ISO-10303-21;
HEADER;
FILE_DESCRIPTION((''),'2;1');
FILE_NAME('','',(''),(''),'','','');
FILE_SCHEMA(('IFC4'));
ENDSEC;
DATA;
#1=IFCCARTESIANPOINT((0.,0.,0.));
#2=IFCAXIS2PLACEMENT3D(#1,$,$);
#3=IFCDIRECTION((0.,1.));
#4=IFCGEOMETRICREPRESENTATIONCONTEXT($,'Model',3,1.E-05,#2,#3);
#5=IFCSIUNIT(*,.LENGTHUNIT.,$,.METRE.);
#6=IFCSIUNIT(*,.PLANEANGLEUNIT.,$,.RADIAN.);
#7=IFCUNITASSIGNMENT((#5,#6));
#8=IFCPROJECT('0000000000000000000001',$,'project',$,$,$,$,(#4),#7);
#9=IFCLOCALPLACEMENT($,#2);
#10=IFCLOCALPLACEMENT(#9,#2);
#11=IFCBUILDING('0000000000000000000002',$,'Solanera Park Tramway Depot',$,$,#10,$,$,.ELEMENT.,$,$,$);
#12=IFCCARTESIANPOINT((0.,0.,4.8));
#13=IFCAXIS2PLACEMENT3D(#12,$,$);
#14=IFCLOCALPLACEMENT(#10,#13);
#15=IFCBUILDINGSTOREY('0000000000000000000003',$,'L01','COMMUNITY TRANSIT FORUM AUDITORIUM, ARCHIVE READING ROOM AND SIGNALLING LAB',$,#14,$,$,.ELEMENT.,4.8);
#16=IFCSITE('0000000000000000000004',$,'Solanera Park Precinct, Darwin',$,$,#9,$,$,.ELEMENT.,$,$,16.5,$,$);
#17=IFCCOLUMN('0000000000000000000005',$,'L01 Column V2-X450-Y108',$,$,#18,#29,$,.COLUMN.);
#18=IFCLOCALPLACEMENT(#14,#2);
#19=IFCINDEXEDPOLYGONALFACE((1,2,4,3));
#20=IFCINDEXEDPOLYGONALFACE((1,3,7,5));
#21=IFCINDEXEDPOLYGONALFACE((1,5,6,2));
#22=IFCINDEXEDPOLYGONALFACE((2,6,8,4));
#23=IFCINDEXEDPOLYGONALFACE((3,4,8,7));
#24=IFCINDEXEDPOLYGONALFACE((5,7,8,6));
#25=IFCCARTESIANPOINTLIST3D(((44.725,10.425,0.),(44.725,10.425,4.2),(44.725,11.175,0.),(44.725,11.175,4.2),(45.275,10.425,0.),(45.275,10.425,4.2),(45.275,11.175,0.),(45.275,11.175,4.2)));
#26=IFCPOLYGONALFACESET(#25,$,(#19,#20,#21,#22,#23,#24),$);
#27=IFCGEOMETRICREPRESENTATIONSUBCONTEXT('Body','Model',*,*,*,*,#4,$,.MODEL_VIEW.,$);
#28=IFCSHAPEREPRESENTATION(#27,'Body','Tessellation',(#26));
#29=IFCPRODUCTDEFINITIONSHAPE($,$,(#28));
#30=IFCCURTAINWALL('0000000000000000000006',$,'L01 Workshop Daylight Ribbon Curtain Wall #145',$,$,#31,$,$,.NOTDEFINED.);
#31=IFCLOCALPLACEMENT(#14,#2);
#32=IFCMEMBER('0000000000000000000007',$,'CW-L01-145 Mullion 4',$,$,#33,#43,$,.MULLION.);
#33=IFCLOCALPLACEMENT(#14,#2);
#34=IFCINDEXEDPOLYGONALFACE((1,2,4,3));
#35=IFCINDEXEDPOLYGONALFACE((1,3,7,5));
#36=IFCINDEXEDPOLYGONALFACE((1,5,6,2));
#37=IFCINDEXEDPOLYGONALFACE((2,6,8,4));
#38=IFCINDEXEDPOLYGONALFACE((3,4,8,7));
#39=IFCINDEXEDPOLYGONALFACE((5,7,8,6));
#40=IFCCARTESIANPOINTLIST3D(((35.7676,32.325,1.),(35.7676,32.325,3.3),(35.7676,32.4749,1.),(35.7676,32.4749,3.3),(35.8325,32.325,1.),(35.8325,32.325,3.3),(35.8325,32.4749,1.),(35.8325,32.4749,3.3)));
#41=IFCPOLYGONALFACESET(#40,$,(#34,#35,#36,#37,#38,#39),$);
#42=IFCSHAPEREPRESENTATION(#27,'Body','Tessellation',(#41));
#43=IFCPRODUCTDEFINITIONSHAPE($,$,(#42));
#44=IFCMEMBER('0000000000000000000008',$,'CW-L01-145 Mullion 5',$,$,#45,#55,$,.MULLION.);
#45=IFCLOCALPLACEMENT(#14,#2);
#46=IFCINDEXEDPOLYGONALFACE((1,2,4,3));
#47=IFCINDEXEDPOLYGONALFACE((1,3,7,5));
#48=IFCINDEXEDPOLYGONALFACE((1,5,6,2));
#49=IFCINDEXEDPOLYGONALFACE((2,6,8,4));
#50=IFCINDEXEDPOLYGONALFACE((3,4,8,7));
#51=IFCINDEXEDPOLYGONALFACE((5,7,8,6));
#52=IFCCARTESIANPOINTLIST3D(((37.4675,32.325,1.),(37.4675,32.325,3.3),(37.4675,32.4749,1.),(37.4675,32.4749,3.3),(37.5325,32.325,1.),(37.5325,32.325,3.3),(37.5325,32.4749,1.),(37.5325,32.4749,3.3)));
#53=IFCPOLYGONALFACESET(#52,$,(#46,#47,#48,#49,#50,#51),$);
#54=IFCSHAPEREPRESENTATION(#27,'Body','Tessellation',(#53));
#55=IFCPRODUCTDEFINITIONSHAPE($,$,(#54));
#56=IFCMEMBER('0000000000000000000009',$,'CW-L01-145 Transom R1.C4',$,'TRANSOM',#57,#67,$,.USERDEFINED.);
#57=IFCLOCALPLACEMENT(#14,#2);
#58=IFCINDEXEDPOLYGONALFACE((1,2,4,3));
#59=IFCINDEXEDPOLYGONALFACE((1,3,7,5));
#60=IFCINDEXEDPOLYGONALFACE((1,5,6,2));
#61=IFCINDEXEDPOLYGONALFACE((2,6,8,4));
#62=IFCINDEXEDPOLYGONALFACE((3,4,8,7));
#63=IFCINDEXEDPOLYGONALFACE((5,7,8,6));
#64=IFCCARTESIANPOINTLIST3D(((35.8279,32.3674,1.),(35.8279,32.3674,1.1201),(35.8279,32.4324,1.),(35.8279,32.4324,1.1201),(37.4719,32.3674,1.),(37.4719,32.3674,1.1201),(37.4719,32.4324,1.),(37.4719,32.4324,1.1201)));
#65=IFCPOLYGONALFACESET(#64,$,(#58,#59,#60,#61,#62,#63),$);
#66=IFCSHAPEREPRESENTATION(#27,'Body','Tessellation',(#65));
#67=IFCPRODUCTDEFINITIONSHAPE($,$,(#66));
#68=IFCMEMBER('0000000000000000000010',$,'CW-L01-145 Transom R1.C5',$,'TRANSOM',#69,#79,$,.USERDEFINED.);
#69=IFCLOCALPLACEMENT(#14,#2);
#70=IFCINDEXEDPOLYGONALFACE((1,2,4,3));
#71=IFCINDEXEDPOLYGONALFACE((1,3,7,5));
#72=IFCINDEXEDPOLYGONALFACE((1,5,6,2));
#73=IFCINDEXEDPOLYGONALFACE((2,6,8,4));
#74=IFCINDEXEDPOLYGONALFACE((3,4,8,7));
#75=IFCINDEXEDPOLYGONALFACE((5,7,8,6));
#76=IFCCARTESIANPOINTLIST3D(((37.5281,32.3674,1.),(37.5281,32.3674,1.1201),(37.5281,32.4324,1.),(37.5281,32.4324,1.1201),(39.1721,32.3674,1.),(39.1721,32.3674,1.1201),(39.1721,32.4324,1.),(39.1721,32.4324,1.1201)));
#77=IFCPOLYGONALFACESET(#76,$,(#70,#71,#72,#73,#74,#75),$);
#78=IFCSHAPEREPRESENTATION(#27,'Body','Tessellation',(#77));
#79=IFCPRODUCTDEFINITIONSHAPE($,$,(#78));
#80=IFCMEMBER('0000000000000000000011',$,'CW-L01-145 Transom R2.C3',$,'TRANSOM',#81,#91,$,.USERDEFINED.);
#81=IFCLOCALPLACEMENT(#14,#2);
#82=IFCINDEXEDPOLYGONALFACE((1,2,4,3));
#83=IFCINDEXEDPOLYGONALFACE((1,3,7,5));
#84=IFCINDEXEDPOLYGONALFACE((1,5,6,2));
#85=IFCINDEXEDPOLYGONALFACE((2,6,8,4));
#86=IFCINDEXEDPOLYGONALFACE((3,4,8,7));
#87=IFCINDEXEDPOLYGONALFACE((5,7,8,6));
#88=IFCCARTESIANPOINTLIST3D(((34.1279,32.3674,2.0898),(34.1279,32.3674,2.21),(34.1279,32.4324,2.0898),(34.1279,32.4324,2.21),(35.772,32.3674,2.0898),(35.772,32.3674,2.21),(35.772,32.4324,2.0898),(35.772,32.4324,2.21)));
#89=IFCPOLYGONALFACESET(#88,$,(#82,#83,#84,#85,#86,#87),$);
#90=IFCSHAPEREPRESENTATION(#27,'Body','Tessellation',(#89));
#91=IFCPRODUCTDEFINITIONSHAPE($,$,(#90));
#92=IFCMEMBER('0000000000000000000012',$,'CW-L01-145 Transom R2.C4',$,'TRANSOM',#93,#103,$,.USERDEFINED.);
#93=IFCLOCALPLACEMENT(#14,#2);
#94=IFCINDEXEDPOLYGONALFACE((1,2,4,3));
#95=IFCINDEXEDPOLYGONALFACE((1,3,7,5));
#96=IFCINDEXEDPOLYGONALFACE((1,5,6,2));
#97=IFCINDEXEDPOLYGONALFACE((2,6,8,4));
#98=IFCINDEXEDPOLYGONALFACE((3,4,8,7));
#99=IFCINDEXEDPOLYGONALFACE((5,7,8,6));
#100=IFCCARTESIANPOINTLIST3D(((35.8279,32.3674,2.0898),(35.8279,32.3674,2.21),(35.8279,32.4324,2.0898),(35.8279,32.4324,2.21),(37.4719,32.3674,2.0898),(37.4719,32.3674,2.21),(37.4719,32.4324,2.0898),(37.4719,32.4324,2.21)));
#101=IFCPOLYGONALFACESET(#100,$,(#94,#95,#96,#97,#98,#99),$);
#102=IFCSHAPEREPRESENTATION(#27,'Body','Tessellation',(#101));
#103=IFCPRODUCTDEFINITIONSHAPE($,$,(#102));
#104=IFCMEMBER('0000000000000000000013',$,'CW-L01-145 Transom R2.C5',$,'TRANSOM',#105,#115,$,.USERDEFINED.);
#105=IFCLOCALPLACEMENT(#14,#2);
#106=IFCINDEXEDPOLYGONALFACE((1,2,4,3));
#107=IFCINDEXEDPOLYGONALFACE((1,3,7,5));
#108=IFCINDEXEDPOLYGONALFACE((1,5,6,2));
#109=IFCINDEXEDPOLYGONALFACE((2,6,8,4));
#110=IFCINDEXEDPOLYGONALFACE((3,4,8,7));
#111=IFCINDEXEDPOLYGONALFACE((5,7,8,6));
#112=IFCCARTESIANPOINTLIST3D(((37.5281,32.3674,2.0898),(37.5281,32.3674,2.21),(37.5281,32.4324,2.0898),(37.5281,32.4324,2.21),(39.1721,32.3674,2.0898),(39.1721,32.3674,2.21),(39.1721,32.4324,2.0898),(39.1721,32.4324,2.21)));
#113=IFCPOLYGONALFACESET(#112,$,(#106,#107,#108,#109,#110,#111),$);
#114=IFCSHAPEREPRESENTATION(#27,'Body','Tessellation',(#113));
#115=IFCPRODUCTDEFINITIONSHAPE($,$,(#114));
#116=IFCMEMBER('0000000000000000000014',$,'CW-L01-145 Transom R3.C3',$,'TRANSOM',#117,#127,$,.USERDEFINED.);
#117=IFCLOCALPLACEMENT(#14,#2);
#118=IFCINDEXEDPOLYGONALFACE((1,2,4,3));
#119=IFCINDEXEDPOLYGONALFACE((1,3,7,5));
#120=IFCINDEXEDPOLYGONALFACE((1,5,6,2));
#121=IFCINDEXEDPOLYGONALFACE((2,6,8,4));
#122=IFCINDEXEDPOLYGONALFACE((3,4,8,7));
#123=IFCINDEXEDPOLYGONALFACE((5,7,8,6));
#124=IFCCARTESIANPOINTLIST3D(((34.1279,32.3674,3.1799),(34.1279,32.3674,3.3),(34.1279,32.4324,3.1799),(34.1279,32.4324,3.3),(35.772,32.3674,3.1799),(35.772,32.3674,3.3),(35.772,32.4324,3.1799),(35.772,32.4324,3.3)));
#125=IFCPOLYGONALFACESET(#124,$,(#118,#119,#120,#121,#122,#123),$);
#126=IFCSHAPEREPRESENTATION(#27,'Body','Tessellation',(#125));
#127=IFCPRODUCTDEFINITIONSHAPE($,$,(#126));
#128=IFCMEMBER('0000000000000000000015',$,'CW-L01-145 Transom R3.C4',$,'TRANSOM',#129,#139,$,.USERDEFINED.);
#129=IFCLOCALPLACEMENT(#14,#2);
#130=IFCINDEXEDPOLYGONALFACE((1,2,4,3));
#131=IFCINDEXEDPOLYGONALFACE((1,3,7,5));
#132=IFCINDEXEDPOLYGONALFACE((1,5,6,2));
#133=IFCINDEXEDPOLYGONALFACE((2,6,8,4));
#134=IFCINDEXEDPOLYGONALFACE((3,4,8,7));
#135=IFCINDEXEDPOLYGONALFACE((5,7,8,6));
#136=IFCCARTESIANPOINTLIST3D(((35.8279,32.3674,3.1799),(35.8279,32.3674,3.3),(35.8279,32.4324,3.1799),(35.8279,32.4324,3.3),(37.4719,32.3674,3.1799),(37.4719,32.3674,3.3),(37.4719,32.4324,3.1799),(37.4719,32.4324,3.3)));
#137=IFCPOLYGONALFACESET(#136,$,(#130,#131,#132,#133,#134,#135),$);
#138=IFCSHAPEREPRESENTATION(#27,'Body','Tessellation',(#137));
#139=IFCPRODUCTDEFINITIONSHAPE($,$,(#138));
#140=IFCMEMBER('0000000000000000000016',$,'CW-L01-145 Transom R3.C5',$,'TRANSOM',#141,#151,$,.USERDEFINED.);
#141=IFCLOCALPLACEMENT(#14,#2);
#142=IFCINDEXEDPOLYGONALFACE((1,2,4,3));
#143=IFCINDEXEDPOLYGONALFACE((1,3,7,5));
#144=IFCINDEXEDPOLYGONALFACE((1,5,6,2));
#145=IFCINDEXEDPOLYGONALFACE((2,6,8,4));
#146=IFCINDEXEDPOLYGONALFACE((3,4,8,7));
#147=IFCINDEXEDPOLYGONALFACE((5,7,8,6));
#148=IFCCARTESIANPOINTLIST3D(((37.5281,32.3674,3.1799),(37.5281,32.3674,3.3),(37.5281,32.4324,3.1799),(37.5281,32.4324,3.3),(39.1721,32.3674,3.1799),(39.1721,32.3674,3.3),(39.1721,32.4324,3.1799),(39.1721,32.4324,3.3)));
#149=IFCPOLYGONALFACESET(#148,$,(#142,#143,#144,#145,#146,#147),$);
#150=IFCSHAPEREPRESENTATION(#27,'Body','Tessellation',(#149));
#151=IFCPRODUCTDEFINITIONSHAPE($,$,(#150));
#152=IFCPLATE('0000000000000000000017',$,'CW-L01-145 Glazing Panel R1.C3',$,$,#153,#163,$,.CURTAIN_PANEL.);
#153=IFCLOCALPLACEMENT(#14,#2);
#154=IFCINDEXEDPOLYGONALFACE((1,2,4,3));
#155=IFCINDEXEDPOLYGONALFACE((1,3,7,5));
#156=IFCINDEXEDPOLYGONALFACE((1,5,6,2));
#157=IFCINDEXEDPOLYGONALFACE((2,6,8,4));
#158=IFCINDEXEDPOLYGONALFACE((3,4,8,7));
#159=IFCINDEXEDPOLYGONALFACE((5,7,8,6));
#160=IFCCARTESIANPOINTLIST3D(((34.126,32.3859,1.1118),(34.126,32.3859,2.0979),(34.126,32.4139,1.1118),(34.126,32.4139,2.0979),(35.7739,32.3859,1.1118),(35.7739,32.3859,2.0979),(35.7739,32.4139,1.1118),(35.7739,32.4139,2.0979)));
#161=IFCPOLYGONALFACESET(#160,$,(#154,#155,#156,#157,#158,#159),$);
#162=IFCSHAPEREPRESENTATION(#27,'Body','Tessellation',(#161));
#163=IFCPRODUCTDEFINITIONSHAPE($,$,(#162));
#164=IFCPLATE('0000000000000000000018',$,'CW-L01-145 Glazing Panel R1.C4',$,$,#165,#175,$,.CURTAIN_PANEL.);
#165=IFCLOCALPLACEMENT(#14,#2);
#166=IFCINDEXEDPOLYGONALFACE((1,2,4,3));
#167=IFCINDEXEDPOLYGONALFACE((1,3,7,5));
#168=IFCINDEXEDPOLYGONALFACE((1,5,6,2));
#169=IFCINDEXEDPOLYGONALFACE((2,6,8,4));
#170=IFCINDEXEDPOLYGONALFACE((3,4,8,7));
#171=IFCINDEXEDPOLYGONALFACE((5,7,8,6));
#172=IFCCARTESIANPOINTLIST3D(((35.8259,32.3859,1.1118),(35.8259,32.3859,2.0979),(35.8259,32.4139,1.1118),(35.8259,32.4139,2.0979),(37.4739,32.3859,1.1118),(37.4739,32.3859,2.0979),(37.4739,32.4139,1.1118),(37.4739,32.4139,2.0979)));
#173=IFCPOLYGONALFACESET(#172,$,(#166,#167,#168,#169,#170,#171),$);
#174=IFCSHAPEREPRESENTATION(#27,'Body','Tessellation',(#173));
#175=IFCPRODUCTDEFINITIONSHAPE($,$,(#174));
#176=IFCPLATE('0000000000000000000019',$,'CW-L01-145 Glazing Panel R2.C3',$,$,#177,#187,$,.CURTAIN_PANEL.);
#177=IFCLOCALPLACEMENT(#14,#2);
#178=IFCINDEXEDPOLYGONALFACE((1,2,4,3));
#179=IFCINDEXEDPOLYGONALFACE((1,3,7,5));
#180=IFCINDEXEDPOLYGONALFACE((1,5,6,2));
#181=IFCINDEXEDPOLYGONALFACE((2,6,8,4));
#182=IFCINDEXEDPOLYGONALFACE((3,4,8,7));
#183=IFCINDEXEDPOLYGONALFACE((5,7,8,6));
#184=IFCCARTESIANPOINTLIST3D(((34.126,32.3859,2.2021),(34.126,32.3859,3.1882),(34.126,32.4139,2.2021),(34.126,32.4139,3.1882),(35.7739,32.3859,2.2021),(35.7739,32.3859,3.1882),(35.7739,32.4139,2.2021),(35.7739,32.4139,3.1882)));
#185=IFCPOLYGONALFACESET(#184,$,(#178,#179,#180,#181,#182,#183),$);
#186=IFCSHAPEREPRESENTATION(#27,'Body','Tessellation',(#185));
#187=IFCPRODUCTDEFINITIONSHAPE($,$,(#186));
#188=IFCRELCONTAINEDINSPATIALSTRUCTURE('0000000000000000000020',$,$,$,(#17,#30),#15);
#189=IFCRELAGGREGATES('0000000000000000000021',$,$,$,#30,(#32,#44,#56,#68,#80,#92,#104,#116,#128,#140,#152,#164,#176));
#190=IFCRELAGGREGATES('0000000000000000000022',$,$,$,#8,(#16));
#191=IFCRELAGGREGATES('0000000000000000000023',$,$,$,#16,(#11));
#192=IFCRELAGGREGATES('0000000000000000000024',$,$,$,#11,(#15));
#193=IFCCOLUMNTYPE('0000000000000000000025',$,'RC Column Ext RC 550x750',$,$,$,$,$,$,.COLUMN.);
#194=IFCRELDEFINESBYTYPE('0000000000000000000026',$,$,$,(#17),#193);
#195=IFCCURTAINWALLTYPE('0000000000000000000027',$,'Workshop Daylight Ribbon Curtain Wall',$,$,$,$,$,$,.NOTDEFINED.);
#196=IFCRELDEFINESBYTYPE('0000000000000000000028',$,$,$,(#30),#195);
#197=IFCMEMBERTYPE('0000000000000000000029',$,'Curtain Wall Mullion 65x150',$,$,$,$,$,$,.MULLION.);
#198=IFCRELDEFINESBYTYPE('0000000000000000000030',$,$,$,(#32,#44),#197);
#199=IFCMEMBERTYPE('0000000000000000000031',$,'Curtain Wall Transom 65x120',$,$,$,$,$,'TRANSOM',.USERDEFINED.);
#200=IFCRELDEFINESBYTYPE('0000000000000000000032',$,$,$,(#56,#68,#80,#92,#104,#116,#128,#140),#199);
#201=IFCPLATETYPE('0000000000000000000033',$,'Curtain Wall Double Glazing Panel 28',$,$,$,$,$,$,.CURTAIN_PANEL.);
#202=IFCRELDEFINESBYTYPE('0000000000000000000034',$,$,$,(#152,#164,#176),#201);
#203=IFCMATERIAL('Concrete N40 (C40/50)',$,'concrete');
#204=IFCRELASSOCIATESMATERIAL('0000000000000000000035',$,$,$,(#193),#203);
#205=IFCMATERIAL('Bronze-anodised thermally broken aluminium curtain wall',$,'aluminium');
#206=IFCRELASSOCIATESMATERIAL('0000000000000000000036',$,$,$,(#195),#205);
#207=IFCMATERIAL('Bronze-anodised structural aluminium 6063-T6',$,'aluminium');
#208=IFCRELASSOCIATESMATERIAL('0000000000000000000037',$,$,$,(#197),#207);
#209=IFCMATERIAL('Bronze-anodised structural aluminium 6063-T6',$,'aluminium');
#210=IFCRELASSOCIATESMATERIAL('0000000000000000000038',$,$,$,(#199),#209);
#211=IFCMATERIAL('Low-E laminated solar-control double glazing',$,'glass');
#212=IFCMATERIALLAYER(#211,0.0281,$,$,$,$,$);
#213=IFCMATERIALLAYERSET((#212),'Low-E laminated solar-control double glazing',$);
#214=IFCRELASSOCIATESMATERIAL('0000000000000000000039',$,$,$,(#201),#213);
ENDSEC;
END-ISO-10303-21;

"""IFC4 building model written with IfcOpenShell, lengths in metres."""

from ifc_helpers import new_model, si_unit, direction, frame, origin, origin_2d, place, context, subcontext, project, spatial, rectangle, extrude, material, layer, layer_set, material_profile, profile_set, type_object, element, aggregate, save


model = new_model("IFC4")

# Units and contexts
model_context = context("Model", 3, precision=1e-05, world=origin(), true_north=direction((0.0, 1.0)))
body_context = subcontext(model_context, "Body", "Model", "MODEL_VIEW")
ifc_project = project(units=[si_unit("LENGTHUNIT", "METRE"), si_unit("PLANEANGLEUNIT", "RADIAN")], contexts=[model_context])

# Site, building, storey
site_placement = place(None, origin())
site = spatial("IfcSite", under=ifc_project, at=site_placement, Name="Solanera Park Precinct, Darwin", CompositionType="ELEMENT", RefElevation=16.5)
building_placement = place(site_placement, origin())
building = spatial("IfcBuilding", under=site, at=building_placement, Name="Solanera Park Tramway Depot", CompositionType="ELEMENT")
storey_placement = place(building_placement, frame((0.0, 0.0, 4.8)))
storey = spatial("IfcBuildingStorey", under=building, at=storey_placement, Name="L01", Description="COMMUNITY TRANSIT FORUM AUDITORIUM, ARCHIVE READING ROOM AND SIGNALLING LAB", CompositionType="ELEMENT", Elevation=4.8)

# Column
ifc_material_1 = material(Name="Concrete N40 (C40/50)", Category="concrete")
ifc_material_profile_1 = material_profile(ifc_material_1, rectangle(XDim=0.55, YDim=0.75, at=origin_2d()), Name="RC 550x750")
ifc_profile_set_1 = profile_set([ifc_material_profile_1], Name="Concrete N40 (C40/50)")
column_type = type_object("IfcColumnType", Name="RC Column Ext RC 550x750", PredefinedType="COLUMN", material=ifc_profile_set_1)
column_placement = place(storey_placement, frame((45.0, 10.8, 0.0), z_axis=(0.0, 0.0, 1.0), x_axis=(1.0, 0.0, 0.0)))
element("IfcColumn", 1, at=column_placement, inside=storey, type_object=column_type, Name="L01 Column V2-X450-Y108", PredefinedType="COLUMN", context=body_context, shape_type="SweptSolid", body=[
    extrude(rectangle(XDim=0.55, YDim=0.75, at=origin_2d()), origin(), (0.0, 0.0, 1.0), 4.2),
])

# Curtain wall, members, plates
ifc_material_2 = material(Name="Bronze-anodised thermally broken aluminium curtain wall", Category="aluminium")
curtain_wall_type = type_object("IfcCurtainWallType", Name="Workshop Daylight Ribbon Curtain Wall", PredefinedType="NOTDEFINED", material=ifc_material_2)
curtain_wall_placement = place(storey_placement, origin())
curtain_wall = element("IfcCurtainWall", 2, at=curtain_wall_placement, inside=storey, type_object=curtain_wall_type, Name="L01 Workshop Daylight Ribbon Curtain Wall #145", PredefinedType="NOTDEFINED")
ifc_material_3 = material(Name="Bronze-anodised structural aluminium 6063-T6", Category="aluminium")
ifc_material_profile_2 = material_profile(ifc_material_3, rectangle(XDim=0.0649, YDim=0.1499, at=origin_2d()), Name="Curtain Wall Mullion 65x150")
ifc_profile_set_2 = profile_set([ifc_material_profile_2], Name="Bronze-anodised structural aluminium 6063-T6")
member_type_1 = type_object("IfcMemberType", Name="Curtain Wall Mullion 65x150", PredefinedType="MULLION", material=ifc_profile_set_2)
member_1_placement = place(storey_placement, frame((35.8, 32.3999, 1.0), z_axis=(0.0, 0.0, 1.0), x_axis=(1.0, 0.0, 0.0)))
member_1 = element("IfcMember", 3, at=member_1_placement, type_object=member_type_1, Name="CW-L01-145 Mullion 4", PredefinedType="MULLION", context=body_context, shape_type="SweptSolid", body=[
    extrude(rectangle(XDim=0.0649, YDim=0.1499, at=origin_2d()), origin(), (0.0, 0.0, 1.0), 2.3),
])
member_2_placement = place(storey_placement, frame((37.5, 32.3999, 1.0), z_axis=(0.0, 0.0, 1.0), x_axis=(1.0, 0.0, 0.0)))
member_2 = element("IfcMember", 4, at=member_2_placement, type_object=member_type_1, Name="CW-L01-145 Mullion 5", PredefinedType="MULLION", context=body_context, shape_type="SweptSolid", body=[
    extrude(rectangle(XDim=0.0649, YDim=0.1499, at=origin_2d()), origin(), (0.0, 0.0, 1.0), 2.3),
])
ifc_material_4 = material(Name="Bronze-anodised structural aluminium 6063-T6", Category="aluminium")
ifc_material_profile_3 = material_profile(ifc_material_4, rectangle(XDim=0.0649, YDim=0.1201, at=origin_2d()), Name="Curtain Wall Transom 65x120")
ifc_profile_set_3 = profile_set([ifc_material_profile_3], Name="Bronze-anodised structural aluminium 6063-T6")
member_type_2 = type_object("IfcMemberType", Name="Curtain Wall Transom 65x120", ElementType="TRANSOM", PredefinedType="USERDEFINED", material=ifc_profile_set_3)
member_3_placement = place(storey_placement, frame((35.8279, 32.3999, 1.0601), z_axis=(1.0, 0.0, 0.0), x_axis=(0.0, 1.0, 0.0)))
member_3 = element("IfcMember", 5, at=member_3_placement, type_object=member_type_2, Name="CW-L01-145 Transom R1.C4", ObjectType="TRANSOM", PredefinedType="USERDEFINED", context=body_context, shape_type="SweptSolid", body=[
    extrude(rectangle(XDim=0.0649, YDim=0.1201, at=origin_2d()), origin(), (0.0, 0.0, 1.0), 1.644),
])
member_4_placement = place(storey_placement, frame((37.5281, 32.3999, 1.0601), z_axis=(1.0, 0.0, 0.0), x_axis=(0.0, 1.0, 0.0)))
member_4 = element("IfcMember", 6, at=member_4_placement, type_object=member_type_2, Name="CW-L01-145 Transom R1.C5", ObjectType="TRANSOM", PredefinedType="USERDEFINED", context=body_context, shape_type="SweptSolid", body=[
    extrude(rectangle(XDim=0.0649, YDim=0.1201, at=origin_2d()), origin(), (0.0, 0.0, 1.0), 1.644),
])
member_5_placement = place(storey_placement, frame((34.1279, 32.3999, 2.1499), z_axis=(1.0, 0.0, 0.0), x_axis=(0.0, 1.0, 0.0)))
member_5 = element("IfcMember", 7, at=member_5_placement, type_object=member_type_2, Name="CW-L01-145 Transom R2.C3", ObjectType="TRANSOM", PredefinedType="USERDEFINED", context=body_context, shape_type="SweptSolid", body=[
    extrude(rectangle(XDim=0.0649, YDim=0.1201, at=origin_2d()), origin(), (0.0, 0.0, 1.0), 1.644),
])
member_6_placement = place(storey_placement, frame((35.8279, 32.3999, 2.1499), z_axis=(1.0, 0.0, 0.0), x_axis=(0.0, 1.0, 0.0)))
member_6 = element("IfcMember", 8, at=member_6_placement, type_object=member_type_2, Name="CW-L01-145 Transom R2.C4", ObjectType="TRANSOM", PredefinedType="USERDEFINED", context=body_context, shape_type="SweptSolid", body=[
    extrude(rectangle(XDim=0.0649, YDim=0.1201, at=origin_2d()), origin(), (0.0, 0.0, 1.0), 1.644),
])
member_7_placement = place(storey_placement, frame((37.5281, 32.3999, 2.1499), z_axis=(1.0, 0.0, 0.0), x_axis=(0.0, 1.0, 0.0)))
member_7 = element("IfcMember", 9, at=member_7_placement, type_object=member_type_2, Name="CW-L01-145 Transom R2.C5", ObjectType="TRANSOM", PredefinedType="USERDEFINED", context=body_context, shape_type="SweptSolid", body=[
    extrude(rectangle(XDim=0.0649, YDim=0.1201, at=origin_2d()), origin(), (0.0, 0.0, 1.0), 1.644),
])
member_8_placement = place(storey_placement, frame((34.1279, 32.3999, 3.24), z_axis=(1.0, 0.0, 0.0), x_axis=(0.0, 1.0, 0.0)))
member_8 = element("IfcMember", 10, at=member_8_placement, type_object=member_type_2, Name="CW-L01-145 Transom R3.C3", ObjectType="TRANSOM", PredefinedType="USERDEFINED", context=body_context, shape_type="SweptSolid", body=[
    extrude(rectangle(XDim=0.0649, YDim=0.1201, at=origin_2d()), origin(), (0.0, 0.0, 1.0), 1.644),
])
member_9_placement = place(storey_placement, frame((35.8279, 32.3999, 3.24), z_axis=(1.0, 0.0, 0.0), x_axis=(0.0, 1.0, 0.0)))
member_9 = element("IfcMember", 11, at=member_9_placement, type_object=member_type_2, Name="CW-L01-145 Transom R3.C4", ObjectType="TRANSOM", PredefinedType="USERDEFINED", context=body_context, shape_type="SweptSolid", body=[
    extrude(rectangle(XDim=0.0649, YDim=0.1201, at=origin_2d()), origin(), (0.0, 0.0, 1.0), 1.644),
])
member_10_placement = place(storey_placement, frame((37.5281, 32.3999, 3.24), z_axis=(1.0, 0.0, 0.0), x_axis=(0.0, 1.0, 0.0)))
member_10 = element("IfcMember", 12, at=member_10_placement, type_object=member_type_2, Name="CW-L01-145 Transom R3.C5", ObjectType="TRANSOM", PredefinedType="USERDEFINED", context=body_context, shape_type="SweptSolid", body=[
    extrude(rectangle(XDim=0.0649, YDim=0.1201, at=origin_2d()), origin(), (0.0, 0.0, 1.0), 1.644),
])
ifc_material_5 = material(Name="Low-E laminated solar-control double glazing", Category="glass")
ifc_layer_1 = layer(ifc_material_5, 0.0281)
ifc_layer_set_1 = layer_set([ifc_layer_1], Name="Low-E laminated solar-control double glazing")
plate_type = type_object("IfcPlateType", Name="Curtain Wall Double Glazing Panel 28", PredefinedType="CURTAIN_PANEL", material=ifc_layer_set_1)
plate_1_placement = place(storey_placement, frame((34.95, 32.3999, 1.1118), z_axis=(0.0, 0.0, 1.0), x_axis=(1.0, 0.0, 0.0)))
plate_1 = element("IfcPlate", 13, at=plate_1_placement, type_object=plate_type, Name="CW-L01-145 Glazing Panel R1.C3", PredefinedType="CURTAIN_PANEL", context=body_context, shape_type="SweptSolid", body=[
    extrude(rectangle(XDim=1.6479, YDim=0.0281, at=origin_2d()), origin(), (0.0, 0.0, 1.0), 0.9861),
])
plate_2_placement = place(storey_placement, frame((36.6499, 32.3999, 1.1118), z_axis=(0.0, 0.0, 1.0), x_axis=(1.0, 0.0, 0.0)))
plate_2 = element("IfcPlate", 14, at=plate_2_placement, type_object=plate_type, Name="CW-L01-145 Glazing Panel R1.C4", PredefinedType="CURTAIN_PANEL", context=body_context, shape_type="SweptSolid", body=[
    extrude(rectangle(XDim=1.6479, YDim=0.0281, at=origin_2d()), origin(), (0.0, 0.0, 1.0), 0.9861),
])
plate_3_placement = place(storey_placement, frame((34.95, 32.3999, 2.2021), z_axis=(0.0, 0.0, 1.0), x_axis=(1.0, 0.0, 0.0)))
plate_3 = element("IfcPlate", 15, at=plate_3_placement, type_object=plate_type, Name="CW-L01-145 Glazing Panel R2.C3", PredefinedType="CURTAIN_PANEL", context=body_context, shape_type="SweptSolid", body=[
    extrude(rectangle(XDim=1.6479, YDim=0.0281, at=origin_2d()), origin(), (0.0, 0.0, 1.0), 0.9861),
])
aggregate(curtain_wall, [member_1, member_2, member_3, member_4, member_5, member_6, member_7, member_8, member_9, member_10, plate_1, plate_2, plate_3])

save(model, "model.ifc")
